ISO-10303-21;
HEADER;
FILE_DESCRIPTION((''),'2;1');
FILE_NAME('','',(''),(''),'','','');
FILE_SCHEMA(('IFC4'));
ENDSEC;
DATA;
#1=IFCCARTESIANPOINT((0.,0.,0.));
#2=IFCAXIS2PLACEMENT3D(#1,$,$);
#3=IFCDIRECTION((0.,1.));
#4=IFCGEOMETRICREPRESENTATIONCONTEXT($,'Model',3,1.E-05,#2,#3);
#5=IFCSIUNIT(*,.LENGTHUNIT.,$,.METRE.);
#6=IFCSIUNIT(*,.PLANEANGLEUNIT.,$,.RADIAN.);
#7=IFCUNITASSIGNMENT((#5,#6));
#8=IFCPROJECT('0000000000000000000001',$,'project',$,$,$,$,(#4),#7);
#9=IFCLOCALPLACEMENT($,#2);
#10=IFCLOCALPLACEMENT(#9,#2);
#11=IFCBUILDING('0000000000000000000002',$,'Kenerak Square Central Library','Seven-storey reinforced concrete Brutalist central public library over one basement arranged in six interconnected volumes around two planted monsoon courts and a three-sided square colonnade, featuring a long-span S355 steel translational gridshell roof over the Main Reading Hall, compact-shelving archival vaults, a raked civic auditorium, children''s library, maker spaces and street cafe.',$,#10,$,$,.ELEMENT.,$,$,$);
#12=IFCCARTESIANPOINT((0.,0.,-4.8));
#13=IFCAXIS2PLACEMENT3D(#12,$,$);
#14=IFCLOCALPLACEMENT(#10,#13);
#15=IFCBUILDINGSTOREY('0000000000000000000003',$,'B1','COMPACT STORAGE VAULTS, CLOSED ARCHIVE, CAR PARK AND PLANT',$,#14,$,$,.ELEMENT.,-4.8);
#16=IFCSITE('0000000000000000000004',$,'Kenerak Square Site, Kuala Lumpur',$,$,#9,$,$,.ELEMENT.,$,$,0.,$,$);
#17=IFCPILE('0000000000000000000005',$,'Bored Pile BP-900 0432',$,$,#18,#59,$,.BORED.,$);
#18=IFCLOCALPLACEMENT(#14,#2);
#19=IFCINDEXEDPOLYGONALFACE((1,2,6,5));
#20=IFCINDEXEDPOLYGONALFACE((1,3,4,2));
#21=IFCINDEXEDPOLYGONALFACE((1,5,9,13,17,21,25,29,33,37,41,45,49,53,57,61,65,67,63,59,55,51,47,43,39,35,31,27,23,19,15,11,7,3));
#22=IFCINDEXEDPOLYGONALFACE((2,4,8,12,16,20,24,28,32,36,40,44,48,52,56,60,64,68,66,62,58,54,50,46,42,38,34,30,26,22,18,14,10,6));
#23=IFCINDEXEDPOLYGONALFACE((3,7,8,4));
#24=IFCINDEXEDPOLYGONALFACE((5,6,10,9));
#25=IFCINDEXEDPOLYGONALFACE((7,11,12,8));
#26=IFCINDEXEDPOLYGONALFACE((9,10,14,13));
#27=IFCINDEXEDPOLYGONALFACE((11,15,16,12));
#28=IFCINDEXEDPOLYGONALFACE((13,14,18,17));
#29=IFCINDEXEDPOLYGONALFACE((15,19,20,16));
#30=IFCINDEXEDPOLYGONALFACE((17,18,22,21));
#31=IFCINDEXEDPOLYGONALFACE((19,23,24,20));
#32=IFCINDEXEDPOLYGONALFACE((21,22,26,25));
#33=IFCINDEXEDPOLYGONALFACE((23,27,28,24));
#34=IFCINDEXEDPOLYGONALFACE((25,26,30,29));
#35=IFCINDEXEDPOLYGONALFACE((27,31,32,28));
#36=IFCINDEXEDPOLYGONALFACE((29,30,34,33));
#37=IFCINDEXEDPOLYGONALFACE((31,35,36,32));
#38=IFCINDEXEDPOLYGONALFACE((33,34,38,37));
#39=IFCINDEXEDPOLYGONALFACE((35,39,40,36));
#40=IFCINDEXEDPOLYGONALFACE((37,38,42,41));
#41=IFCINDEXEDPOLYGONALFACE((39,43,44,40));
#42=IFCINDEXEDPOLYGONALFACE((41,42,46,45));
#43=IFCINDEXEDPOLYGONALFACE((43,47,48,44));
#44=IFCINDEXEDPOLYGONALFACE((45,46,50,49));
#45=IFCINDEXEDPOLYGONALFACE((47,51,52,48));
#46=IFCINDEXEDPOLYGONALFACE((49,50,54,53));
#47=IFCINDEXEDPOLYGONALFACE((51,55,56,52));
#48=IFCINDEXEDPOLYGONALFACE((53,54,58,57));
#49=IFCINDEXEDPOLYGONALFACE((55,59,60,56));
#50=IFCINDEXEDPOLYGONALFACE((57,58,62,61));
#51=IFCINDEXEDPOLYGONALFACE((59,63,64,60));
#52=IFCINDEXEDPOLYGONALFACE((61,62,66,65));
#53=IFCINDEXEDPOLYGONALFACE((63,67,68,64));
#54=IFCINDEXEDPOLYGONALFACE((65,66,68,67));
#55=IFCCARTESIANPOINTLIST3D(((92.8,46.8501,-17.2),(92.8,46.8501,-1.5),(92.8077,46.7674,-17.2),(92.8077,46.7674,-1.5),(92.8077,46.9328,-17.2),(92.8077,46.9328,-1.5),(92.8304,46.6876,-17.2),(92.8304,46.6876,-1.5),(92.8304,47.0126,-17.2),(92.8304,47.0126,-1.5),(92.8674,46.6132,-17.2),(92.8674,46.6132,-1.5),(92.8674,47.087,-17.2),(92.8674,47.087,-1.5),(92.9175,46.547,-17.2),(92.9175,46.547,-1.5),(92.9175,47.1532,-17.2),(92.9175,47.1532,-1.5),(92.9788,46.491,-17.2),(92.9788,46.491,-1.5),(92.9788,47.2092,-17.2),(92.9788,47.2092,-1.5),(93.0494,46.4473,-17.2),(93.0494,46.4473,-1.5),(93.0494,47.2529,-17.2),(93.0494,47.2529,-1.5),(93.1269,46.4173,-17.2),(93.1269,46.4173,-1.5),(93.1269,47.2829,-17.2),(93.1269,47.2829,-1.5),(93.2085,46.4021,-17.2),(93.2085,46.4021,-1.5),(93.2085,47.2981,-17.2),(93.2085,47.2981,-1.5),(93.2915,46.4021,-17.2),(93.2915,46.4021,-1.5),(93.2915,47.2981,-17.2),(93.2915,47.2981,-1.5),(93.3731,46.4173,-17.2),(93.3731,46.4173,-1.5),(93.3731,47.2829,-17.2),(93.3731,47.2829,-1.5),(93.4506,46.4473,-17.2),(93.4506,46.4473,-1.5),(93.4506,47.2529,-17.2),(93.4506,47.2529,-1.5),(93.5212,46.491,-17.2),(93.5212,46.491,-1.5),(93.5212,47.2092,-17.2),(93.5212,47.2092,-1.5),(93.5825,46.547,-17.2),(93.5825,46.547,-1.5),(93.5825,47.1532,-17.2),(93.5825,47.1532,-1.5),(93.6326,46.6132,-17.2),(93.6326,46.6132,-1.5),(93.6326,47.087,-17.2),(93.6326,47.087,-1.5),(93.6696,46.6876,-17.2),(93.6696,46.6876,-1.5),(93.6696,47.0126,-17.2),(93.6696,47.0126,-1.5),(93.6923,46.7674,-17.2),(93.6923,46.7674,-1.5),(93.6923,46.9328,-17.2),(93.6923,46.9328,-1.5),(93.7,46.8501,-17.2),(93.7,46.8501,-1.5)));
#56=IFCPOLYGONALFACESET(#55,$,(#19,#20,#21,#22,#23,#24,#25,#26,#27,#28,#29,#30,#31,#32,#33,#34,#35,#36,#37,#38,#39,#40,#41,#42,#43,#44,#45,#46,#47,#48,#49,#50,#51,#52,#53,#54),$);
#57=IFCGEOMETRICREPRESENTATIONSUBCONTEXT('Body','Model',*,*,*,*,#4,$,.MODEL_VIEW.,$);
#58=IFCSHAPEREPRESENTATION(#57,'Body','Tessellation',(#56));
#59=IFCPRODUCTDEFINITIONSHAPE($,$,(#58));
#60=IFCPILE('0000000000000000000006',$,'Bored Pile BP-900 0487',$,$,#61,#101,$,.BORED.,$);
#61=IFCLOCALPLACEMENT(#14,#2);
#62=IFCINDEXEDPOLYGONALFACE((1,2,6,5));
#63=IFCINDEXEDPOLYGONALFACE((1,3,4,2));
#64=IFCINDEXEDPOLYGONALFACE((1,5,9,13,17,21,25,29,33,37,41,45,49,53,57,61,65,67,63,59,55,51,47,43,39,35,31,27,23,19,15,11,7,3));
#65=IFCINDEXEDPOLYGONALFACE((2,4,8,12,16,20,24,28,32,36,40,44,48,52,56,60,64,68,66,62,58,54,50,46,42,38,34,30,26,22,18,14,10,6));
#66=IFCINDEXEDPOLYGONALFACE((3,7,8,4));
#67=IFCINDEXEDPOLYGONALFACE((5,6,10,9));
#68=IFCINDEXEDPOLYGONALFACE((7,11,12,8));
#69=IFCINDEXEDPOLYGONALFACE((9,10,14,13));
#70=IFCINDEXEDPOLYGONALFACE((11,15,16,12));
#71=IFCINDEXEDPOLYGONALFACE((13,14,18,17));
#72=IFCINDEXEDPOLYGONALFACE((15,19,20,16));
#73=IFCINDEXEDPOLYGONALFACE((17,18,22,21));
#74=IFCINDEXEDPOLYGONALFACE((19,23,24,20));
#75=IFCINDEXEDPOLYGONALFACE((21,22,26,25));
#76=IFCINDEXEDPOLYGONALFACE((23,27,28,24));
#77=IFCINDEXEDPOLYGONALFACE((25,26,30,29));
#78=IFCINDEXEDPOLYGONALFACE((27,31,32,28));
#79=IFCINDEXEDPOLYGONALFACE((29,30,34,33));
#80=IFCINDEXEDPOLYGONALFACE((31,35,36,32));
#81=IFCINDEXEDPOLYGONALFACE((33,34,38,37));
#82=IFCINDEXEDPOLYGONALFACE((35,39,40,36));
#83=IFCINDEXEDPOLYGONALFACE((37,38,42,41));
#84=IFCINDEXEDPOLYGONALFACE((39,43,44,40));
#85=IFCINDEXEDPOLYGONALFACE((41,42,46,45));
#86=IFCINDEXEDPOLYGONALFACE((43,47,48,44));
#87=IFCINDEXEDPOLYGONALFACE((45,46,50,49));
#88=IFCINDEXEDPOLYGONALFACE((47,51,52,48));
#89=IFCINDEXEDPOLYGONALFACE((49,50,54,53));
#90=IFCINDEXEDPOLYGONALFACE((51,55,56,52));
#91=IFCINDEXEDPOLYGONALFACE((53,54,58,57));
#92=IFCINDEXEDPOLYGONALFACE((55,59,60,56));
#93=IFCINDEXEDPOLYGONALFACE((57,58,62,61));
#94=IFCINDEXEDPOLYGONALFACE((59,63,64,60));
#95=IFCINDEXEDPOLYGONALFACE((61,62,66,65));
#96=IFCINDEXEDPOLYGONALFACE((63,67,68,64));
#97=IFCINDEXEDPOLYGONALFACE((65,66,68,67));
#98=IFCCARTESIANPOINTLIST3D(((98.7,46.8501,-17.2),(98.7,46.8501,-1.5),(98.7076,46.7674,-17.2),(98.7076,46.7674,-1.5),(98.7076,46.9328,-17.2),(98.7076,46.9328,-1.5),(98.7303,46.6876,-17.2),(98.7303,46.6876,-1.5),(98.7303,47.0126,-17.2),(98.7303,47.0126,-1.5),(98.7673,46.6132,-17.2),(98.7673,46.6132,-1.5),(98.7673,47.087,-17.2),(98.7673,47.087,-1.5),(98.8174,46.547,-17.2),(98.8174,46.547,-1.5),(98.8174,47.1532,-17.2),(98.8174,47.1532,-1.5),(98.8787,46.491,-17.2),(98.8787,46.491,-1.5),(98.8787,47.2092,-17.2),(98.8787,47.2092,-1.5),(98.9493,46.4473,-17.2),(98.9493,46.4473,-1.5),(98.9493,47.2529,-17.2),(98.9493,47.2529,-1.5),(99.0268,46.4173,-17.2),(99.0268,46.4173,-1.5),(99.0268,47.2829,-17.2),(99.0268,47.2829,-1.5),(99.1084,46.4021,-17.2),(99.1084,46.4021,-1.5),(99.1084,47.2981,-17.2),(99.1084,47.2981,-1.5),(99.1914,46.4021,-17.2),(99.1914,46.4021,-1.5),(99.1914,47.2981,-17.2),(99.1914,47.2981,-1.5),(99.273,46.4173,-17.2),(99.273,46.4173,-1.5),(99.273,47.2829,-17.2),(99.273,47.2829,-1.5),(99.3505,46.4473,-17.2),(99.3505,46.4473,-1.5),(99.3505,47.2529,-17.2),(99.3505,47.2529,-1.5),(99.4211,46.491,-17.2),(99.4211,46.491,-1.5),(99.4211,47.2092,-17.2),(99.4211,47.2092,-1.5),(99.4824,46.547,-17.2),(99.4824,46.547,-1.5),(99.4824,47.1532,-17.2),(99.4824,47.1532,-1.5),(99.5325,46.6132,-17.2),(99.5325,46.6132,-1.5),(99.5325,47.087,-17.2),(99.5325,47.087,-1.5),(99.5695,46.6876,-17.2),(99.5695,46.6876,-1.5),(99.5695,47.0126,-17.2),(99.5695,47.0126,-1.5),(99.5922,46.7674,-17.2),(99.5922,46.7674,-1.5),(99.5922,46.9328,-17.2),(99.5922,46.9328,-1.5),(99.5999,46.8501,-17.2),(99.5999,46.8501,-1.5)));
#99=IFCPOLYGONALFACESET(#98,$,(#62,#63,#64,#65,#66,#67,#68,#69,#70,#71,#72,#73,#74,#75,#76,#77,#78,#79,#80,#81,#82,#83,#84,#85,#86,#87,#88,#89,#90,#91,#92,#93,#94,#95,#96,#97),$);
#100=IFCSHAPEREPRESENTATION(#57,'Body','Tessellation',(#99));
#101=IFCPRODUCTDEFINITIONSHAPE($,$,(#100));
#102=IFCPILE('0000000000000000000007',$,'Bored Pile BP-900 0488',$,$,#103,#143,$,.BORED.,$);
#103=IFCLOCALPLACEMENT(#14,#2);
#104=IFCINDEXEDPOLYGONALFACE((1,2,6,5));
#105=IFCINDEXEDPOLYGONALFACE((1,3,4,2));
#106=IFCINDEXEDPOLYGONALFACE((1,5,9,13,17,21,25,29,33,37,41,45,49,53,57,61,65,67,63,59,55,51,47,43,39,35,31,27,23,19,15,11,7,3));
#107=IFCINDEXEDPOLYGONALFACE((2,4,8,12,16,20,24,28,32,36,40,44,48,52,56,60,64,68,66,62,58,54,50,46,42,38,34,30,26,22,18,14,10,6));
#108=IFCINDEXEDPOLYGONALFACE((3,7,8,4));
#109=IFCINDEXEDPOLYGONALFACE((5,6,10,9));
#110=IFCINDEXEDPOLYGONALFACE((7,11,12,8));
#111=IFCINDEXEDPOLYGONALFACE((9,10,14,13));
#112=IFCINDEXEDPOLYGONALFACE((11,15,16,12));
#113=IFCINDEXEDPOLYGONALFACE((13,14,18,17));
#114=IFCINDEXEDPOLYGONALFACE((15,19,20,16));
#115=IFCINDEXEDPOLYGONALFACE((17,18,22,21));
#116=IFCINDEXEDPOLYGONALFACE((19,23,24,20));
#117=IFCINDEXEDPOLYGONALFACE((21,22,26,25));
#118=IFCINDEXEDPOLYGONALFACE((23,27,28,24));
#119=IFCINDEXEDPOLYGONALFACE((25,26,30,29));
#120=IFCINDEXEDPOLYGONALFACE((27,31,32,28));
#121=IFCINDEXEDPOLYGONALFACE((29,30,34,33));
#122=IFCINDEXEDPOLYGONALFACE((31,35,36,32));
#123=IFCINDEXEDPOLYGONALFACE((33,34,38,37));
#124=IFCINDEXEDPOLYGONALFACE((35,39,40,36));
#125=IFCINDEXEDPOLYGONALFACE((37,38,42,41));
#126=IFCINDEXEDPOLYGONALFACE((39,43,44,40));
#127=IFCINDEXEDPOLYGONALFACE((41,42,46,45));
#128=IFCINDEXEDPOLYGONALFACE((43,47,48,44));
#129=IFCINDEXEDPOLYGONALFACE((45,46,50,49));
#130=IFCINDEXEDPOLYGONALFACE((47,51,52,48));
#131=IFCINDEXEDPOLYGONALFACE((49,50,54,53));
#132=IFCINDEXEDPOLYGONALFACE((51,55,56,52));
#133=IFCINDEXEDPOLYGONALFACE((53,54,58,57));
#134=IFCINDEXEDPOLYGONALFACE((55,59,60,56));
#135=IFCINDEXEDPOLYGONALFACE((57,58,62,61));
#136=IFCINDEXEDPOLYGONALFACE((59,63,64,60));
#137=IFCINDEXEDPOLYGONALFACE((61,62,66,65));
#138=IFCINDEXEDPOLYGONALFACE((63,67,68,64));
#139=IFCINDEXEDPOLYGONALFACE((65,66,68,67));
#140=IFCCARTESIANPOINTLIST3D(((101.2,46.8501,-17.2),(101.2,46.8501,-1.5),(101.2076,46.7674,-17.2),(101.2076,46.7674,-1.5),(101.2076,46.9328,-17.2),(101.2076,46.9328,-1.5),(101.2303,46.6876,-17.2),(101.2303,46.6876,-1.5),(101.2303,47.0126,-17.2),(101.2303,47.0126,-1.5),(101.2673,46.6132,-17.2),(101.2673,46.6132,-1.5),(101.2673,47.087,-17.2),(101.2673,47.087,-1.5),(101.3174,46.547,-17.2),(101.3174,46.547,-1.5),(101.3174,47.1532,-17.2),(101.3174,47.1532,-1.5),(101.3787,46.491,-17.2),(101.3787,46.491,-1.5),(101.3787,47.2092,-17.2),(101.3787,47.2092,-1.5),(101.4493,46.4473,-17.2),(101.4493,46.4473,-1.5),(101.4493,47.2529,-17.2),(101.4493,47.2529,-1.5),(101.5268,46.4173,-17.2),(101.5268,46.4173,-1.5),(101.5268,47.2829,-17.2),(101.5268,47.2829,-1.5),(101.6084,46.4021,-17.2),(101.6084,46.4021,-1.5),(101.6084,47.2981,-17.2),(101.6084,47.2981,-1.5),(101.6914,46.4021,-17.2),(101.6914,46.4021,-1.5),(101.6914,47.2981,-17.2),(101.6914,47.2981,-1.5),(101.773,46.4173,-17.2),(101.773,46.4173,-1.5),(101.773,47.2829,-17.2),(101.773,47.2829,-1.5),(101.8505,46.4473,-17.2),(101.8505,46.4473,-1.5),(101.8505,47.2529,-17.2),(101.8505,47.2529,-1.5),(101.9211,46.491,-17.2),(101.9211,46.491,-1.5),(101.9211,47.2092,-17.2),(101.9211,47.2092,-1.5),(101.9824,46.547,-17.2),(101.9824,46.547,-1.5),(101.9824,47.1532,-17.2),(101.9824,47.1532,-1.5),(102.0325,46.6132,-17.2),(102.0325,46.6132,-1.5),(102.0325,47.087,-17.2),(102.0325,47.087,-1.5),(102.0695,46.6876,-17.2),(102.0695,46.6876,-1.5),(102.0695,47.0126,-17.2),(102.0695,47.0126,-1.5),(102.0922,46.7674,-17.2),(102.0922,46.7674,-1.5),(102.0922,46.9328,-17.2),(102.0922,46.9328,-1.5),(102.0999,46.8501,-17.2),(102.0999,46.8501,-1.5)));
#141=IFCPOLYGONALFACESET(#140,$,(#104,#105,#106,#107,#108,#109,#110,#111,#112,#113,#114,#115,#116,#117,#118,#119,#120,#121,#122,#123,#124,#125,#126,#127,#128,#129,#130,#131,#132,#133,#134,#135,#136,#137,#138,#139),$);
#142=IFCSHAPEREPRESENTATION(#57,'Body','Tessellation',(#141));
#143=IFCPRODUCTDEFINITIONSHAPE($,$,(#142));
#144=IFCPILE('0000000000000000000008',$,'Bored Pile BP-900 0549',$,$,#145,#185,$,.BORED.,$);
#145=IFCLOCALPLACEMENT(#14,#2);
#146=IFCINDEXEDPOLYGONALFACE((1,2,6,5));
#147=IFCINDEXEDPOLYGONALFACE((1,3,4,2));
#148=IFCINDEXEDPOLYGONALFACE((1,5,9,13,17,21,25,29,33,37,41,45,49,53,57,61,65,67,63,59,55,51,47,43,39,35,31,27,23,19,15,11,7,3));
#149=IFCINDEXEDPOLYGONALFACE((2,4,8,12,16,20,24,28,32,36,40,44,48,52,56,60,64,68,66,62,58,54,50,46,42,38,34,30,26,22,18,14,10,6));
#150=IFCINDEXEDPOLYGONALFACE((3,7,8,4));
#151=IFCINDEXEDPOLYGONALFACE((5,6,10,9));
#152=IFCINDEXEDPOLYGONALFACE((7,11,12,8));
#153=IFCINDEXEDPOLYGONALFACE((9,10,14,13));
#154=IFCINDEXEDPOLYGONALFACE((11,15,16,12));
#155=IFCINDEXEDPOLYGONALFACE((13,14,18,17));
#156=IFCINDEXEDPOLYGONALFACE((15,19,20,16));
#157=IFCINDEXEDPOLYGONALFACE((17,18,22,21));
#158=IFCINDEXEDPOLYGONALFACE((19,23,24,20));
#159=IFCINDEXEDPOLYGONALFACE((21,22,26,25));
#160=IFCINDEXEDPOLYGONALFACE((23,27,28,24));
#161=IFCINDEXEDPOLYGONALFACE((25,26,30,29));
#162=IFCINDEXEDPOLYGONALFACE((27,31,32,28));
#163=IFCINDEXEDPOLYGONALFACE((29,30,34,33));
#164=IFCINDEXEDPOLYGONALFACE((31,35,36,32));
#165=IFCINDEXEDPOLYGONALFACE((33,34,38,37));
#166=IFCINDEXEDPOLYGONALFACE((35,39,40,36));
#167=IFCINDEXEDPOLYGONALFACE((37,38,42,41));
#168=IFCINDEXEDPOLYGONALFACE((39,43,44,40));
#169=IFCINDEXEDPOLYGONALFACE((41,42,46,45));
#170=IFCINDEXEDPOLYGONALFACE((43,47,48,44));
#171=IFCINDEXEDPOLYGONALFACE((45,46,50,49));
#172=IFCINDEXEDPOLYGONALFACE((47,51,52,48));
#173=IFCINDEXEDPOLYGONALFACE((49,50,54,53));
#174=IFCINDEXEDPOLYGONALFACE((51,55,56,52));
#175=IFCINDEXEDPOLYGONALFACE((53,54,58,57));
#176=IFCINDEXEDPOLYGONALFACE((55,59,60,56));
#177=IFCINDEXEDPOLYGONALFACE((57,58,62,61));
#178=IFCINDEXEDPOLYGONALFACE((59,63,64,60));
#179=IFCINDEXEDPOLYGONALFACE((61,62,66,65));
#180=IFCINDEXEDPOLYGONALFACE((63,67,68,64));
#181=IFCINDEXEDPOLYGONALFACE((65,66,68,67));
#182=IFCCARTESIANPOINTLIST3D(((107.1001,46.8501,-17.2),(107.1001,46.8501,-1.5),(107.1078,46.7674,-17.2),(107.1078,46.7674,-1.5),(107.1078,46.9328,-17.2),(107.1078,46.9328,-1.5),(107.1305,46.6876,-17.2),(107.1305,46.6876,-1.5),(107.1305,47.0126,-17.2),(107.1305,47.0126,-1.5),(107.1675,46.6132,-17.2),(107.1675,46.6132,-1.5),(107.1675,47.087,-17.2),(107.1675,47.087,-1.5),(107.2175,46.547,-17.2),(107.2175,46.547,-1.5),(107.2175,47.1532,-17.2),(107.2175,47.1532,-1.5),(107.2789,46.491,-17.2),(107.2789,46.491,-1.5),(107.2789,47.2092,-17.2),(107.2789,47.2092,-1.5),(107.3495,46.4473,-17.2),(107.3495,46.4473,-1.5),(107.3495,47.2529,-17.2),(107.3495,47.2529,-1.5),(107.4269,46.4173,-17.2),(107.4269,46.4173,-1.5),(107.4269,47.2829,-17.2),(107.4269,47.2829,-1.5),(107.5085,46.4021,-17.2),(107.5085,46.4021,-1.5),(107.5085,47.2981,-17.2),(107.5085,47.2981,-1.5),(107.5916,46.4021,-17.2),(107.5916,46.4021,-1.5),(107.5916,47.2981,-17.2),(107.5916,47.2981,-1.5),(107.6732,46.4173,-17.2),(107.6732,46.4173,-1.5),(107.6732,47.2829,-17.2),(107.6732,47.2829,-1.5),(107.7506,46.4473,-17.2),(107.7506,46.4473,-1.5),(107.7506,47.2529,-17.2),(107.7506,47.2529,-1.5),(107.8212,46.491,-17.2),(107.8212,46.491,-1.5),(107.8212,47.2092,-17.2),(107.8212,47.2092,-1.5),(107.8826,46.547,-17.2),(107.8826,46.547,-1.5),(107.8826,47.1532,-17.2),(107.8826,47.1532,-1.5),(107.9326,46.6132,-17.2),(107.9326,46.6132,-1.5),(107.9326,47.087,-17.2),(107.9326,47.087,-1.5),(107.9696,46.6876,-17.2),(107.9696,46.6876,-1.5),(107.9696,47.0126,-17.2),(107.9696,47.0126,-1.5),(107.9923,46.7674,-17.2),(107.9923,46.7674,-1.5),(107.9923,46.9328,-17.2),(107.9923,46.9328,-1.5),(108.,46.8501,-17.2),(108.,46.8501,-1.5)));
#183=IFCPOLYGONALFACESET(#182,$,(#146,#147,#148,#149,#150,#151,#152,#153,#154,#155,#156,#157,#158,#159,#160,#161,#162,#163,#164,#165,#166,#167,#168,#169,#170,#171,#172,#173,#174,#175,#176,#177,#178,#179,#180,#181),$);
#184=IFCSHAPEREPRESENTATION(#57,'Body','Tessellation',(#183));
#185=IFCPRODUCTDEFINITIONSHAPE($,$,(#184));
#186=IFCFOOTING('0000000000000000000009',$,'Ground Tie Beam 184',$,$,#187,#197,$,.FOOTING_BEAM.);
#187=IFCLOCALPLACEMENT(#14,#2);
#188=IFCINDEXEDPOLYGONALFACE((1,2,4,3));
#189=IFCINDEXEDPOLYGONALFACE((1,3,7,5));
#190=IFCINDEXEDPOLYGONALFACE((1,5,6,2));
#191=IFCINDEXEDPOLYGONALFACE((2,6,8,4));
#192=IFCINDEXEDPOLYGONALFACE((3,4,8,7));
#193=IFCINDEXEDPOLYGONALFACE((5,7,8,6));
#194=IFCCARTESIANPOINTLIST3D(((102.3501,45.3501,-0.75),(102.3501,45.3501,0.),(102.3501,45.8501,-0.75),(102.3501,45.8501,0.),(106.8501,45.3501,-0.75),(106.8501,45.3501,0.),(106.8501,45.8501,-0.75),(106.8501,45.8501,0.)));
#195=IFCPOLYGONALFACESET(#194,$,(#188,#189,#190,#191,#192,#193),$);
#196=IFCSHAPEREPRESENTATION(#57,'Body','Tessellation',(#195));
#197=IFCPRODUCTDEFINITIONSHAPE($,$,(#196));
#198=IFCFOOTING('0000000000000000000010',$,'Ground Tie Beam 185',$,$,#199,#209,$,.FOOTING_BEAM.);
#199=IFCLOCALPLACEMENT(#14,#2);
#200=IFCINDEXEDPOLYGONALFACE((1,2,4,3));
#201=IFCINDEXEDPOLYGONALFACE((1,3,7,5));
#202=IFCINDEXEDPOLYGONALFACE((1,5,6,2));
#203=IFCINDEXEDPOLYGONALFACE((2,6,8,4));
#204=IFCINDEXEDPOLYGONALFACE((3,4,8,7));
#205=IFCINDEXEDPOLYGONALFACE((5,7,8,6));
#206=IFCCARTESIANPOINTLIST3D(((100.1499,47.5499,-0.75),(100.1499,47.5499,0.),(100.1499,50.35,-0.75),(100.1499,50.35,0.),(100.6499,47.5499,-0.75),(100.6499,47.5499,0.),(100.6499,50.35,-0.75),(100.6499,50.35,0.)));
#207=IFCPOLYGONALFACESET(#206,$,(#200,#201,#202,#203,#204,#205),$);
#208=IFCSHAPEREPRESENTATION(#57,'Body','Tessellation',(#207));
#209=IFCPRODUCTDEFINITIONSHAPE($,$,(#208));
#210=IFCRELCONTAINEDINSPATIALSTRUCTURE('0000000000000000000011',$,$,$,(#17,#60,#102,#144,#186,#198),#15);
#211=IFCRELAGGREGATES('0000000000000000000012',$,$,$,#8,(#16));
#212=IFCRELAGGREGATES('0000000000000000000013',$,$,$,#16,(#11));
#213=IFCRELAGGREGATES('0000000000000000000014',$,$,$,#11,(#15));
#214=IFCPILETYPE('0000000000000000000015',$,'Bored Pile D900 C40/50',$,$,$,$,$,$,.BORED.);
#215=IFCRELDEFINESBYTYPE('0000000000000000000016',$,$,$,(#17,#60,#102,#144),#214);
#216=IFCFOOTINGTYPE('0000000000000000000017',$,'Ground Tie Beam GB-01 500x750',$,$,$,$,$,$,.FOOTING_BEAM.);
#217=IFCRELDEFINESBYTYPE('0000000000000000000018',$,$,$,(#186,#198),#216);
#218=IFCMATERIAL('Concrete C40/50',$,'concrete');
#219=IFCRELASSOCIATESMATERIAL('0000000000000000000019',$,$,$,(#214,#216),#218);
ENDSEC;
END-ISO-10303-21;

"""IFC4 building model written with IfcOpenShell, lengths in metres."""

from ifc_helpers import new_model, si_unit, direction, frame, origin, origin_2d, place, context, subcontext, project, spatial, rectangle, circle, extrude, material, material_profile, profile_set, type_object, element, save


model = new_model("IFC4")

# Units and contexts
model_context = context("Model", 3, precision=1e-05, world=origin(), true_north=direction((0.0, 1.0)))
body_context = subcontext(model_context, "Body", "Model", "MODEL_VIEW")
ifc_project = project(units=[si_unit("LENGTHUNIT", "METRE"), si_unit("PLANEANGLEUNIT", "RADIAN")], contexts=[model_context])

# Site, building, storey
site_placement = place(None, origin())
site = spatial("IfcSite", under=ifc_project, at=site_placement, Name="Kenerak Square Site, Kuala Lumpur", CompositionType="ELEMENT", RefElevation=0.0)
building_placement = place(site_placement, origin())
building = spatial("IfcBuilding", under=site, at=building_placement, Name="Kenerak Square Central Library", Description="Seven-storey reinforced concrete Brutalist central public library over one basement arranged in six interconnected volumes around two planted monsoon courts and a three-sided square colonnade, featuring a long-span S355 steel translational gridshell roof over the Main Reading Hall, compact-shelving archival vaults, a raked civic auditorium, children's library, maker spaces and street cafe.", CompositionType="ELEMENT")
storey_placement = place(building_placement, frame((0.0, 0.0, -4.8)))
storey = spatial("IfcBuildingStorey", under=building, at=storey_placement, Name="B1", Description="COMPACT STORAGE VAULTS, CLOSED ARCHIVE, CAR PARK AND PLANT", CompositionType="ELEMENT", Elevation=-4.8)

# Piles
ifc_material_1 = material(Name="Concrete C40/50", Category="concrete")
ifc_material_profile_1 = material_profile(ifc_material_1, circle(Radius=0.45, at=origin_2d()), Name="BP D900")
ifc_profile_set_1 = profile_set([ifc_material_profile_1], Name="Concrete C40/50")
pile_type_1 = type_object("IfcPileType", Name="Bored Pile D900 C40/50", PredefinedType="BORED", material=ifc_profile_set_1)
for number, where, z_axis, x_axis, name in (
    (1, (93.25, 46.8501, -1.5), (0.0, 0.0, -1.0), (1.0, 0.0, 0.0), "Bored Pile BP-900 0432"),
    (2, (99.1499, 46.8501, -1.5), (0.0, 0.0, -1.0), (1.0, 0.0, 0.0), "Bored Pile BP-900 0487"),
    (3, (101.6499, 46.8501, -1.5), (0.0, 0.0, -1.0), (1.0, 0.0, 0.0), "Bored Pile BP-900 0488"),
    (4, (107.55, 46.8501, -1.5), (0.0, 0.0, -1.0), (1.0, 0.0, 0.0), "Bored Pile BP-900 0549"),
):
    element("IfcPile", number, at=place(storey_placement, frame(where, z_axis=z_axis, x_axis=x_axis)), inside=storey, type_object=pile_type_1, Name=name, PredefinedType="BORED", context=body_context, shape_type="SweptSolid", body=[
        extrude(circle(Radius=0.45, at=origin_2d()), origin(), (0.0, 0.0, 1.0), 15.7),
    ])

# Footings
footing_type_1 = type_object("IfcFootingType", Name="Ground Tie Beam GB-01 500x750", PredefinedType="FOOTING_BEAM", material=ifc_material_1)
footing_1_placement = place(storey_placement, frame((104.6001, 45.6001, -0.75), z_axis=(0.0, 0.0, 1.0), x_axis=(1.0, 0.0, 0.0)))
element("IfcFooting", 5, at=footing_1_placement, inside=storey, type_object=footing_type_1, Name="Ground Tie Beam 184", PredefinedType="FOOTING_BEAM", context=body_context, shape_type="SweptSolid", body=[
    extrude(rectangle(XDim=4.5, YDim=0.5, at=origin_2d()), origin(), (0.0, 0.0, 1.0), 0.75),
])
footing_2_placement = place(storey_placement, frame((100.3999, 48.95, -0.75), z_axis=(0.0, 0.0, 1.0), x_axis=(1.0, 0.0, 0.0)))
element("IfcFooting", 6, at=footing_2_placement, inside=storey, type_object=footing_type_1, Name="Ground Tie Beam 185", PredefinedType="FOOTING_BEAM", context=body_context, shape_type="SweptSolid", body=[
    extrude(rectangle(XDim=0.5, YDim=2.8, at=origin_2d()), origin(), (0.0, 0.0, 1.0), 0.75),
])

save(model, "model.ifc")
